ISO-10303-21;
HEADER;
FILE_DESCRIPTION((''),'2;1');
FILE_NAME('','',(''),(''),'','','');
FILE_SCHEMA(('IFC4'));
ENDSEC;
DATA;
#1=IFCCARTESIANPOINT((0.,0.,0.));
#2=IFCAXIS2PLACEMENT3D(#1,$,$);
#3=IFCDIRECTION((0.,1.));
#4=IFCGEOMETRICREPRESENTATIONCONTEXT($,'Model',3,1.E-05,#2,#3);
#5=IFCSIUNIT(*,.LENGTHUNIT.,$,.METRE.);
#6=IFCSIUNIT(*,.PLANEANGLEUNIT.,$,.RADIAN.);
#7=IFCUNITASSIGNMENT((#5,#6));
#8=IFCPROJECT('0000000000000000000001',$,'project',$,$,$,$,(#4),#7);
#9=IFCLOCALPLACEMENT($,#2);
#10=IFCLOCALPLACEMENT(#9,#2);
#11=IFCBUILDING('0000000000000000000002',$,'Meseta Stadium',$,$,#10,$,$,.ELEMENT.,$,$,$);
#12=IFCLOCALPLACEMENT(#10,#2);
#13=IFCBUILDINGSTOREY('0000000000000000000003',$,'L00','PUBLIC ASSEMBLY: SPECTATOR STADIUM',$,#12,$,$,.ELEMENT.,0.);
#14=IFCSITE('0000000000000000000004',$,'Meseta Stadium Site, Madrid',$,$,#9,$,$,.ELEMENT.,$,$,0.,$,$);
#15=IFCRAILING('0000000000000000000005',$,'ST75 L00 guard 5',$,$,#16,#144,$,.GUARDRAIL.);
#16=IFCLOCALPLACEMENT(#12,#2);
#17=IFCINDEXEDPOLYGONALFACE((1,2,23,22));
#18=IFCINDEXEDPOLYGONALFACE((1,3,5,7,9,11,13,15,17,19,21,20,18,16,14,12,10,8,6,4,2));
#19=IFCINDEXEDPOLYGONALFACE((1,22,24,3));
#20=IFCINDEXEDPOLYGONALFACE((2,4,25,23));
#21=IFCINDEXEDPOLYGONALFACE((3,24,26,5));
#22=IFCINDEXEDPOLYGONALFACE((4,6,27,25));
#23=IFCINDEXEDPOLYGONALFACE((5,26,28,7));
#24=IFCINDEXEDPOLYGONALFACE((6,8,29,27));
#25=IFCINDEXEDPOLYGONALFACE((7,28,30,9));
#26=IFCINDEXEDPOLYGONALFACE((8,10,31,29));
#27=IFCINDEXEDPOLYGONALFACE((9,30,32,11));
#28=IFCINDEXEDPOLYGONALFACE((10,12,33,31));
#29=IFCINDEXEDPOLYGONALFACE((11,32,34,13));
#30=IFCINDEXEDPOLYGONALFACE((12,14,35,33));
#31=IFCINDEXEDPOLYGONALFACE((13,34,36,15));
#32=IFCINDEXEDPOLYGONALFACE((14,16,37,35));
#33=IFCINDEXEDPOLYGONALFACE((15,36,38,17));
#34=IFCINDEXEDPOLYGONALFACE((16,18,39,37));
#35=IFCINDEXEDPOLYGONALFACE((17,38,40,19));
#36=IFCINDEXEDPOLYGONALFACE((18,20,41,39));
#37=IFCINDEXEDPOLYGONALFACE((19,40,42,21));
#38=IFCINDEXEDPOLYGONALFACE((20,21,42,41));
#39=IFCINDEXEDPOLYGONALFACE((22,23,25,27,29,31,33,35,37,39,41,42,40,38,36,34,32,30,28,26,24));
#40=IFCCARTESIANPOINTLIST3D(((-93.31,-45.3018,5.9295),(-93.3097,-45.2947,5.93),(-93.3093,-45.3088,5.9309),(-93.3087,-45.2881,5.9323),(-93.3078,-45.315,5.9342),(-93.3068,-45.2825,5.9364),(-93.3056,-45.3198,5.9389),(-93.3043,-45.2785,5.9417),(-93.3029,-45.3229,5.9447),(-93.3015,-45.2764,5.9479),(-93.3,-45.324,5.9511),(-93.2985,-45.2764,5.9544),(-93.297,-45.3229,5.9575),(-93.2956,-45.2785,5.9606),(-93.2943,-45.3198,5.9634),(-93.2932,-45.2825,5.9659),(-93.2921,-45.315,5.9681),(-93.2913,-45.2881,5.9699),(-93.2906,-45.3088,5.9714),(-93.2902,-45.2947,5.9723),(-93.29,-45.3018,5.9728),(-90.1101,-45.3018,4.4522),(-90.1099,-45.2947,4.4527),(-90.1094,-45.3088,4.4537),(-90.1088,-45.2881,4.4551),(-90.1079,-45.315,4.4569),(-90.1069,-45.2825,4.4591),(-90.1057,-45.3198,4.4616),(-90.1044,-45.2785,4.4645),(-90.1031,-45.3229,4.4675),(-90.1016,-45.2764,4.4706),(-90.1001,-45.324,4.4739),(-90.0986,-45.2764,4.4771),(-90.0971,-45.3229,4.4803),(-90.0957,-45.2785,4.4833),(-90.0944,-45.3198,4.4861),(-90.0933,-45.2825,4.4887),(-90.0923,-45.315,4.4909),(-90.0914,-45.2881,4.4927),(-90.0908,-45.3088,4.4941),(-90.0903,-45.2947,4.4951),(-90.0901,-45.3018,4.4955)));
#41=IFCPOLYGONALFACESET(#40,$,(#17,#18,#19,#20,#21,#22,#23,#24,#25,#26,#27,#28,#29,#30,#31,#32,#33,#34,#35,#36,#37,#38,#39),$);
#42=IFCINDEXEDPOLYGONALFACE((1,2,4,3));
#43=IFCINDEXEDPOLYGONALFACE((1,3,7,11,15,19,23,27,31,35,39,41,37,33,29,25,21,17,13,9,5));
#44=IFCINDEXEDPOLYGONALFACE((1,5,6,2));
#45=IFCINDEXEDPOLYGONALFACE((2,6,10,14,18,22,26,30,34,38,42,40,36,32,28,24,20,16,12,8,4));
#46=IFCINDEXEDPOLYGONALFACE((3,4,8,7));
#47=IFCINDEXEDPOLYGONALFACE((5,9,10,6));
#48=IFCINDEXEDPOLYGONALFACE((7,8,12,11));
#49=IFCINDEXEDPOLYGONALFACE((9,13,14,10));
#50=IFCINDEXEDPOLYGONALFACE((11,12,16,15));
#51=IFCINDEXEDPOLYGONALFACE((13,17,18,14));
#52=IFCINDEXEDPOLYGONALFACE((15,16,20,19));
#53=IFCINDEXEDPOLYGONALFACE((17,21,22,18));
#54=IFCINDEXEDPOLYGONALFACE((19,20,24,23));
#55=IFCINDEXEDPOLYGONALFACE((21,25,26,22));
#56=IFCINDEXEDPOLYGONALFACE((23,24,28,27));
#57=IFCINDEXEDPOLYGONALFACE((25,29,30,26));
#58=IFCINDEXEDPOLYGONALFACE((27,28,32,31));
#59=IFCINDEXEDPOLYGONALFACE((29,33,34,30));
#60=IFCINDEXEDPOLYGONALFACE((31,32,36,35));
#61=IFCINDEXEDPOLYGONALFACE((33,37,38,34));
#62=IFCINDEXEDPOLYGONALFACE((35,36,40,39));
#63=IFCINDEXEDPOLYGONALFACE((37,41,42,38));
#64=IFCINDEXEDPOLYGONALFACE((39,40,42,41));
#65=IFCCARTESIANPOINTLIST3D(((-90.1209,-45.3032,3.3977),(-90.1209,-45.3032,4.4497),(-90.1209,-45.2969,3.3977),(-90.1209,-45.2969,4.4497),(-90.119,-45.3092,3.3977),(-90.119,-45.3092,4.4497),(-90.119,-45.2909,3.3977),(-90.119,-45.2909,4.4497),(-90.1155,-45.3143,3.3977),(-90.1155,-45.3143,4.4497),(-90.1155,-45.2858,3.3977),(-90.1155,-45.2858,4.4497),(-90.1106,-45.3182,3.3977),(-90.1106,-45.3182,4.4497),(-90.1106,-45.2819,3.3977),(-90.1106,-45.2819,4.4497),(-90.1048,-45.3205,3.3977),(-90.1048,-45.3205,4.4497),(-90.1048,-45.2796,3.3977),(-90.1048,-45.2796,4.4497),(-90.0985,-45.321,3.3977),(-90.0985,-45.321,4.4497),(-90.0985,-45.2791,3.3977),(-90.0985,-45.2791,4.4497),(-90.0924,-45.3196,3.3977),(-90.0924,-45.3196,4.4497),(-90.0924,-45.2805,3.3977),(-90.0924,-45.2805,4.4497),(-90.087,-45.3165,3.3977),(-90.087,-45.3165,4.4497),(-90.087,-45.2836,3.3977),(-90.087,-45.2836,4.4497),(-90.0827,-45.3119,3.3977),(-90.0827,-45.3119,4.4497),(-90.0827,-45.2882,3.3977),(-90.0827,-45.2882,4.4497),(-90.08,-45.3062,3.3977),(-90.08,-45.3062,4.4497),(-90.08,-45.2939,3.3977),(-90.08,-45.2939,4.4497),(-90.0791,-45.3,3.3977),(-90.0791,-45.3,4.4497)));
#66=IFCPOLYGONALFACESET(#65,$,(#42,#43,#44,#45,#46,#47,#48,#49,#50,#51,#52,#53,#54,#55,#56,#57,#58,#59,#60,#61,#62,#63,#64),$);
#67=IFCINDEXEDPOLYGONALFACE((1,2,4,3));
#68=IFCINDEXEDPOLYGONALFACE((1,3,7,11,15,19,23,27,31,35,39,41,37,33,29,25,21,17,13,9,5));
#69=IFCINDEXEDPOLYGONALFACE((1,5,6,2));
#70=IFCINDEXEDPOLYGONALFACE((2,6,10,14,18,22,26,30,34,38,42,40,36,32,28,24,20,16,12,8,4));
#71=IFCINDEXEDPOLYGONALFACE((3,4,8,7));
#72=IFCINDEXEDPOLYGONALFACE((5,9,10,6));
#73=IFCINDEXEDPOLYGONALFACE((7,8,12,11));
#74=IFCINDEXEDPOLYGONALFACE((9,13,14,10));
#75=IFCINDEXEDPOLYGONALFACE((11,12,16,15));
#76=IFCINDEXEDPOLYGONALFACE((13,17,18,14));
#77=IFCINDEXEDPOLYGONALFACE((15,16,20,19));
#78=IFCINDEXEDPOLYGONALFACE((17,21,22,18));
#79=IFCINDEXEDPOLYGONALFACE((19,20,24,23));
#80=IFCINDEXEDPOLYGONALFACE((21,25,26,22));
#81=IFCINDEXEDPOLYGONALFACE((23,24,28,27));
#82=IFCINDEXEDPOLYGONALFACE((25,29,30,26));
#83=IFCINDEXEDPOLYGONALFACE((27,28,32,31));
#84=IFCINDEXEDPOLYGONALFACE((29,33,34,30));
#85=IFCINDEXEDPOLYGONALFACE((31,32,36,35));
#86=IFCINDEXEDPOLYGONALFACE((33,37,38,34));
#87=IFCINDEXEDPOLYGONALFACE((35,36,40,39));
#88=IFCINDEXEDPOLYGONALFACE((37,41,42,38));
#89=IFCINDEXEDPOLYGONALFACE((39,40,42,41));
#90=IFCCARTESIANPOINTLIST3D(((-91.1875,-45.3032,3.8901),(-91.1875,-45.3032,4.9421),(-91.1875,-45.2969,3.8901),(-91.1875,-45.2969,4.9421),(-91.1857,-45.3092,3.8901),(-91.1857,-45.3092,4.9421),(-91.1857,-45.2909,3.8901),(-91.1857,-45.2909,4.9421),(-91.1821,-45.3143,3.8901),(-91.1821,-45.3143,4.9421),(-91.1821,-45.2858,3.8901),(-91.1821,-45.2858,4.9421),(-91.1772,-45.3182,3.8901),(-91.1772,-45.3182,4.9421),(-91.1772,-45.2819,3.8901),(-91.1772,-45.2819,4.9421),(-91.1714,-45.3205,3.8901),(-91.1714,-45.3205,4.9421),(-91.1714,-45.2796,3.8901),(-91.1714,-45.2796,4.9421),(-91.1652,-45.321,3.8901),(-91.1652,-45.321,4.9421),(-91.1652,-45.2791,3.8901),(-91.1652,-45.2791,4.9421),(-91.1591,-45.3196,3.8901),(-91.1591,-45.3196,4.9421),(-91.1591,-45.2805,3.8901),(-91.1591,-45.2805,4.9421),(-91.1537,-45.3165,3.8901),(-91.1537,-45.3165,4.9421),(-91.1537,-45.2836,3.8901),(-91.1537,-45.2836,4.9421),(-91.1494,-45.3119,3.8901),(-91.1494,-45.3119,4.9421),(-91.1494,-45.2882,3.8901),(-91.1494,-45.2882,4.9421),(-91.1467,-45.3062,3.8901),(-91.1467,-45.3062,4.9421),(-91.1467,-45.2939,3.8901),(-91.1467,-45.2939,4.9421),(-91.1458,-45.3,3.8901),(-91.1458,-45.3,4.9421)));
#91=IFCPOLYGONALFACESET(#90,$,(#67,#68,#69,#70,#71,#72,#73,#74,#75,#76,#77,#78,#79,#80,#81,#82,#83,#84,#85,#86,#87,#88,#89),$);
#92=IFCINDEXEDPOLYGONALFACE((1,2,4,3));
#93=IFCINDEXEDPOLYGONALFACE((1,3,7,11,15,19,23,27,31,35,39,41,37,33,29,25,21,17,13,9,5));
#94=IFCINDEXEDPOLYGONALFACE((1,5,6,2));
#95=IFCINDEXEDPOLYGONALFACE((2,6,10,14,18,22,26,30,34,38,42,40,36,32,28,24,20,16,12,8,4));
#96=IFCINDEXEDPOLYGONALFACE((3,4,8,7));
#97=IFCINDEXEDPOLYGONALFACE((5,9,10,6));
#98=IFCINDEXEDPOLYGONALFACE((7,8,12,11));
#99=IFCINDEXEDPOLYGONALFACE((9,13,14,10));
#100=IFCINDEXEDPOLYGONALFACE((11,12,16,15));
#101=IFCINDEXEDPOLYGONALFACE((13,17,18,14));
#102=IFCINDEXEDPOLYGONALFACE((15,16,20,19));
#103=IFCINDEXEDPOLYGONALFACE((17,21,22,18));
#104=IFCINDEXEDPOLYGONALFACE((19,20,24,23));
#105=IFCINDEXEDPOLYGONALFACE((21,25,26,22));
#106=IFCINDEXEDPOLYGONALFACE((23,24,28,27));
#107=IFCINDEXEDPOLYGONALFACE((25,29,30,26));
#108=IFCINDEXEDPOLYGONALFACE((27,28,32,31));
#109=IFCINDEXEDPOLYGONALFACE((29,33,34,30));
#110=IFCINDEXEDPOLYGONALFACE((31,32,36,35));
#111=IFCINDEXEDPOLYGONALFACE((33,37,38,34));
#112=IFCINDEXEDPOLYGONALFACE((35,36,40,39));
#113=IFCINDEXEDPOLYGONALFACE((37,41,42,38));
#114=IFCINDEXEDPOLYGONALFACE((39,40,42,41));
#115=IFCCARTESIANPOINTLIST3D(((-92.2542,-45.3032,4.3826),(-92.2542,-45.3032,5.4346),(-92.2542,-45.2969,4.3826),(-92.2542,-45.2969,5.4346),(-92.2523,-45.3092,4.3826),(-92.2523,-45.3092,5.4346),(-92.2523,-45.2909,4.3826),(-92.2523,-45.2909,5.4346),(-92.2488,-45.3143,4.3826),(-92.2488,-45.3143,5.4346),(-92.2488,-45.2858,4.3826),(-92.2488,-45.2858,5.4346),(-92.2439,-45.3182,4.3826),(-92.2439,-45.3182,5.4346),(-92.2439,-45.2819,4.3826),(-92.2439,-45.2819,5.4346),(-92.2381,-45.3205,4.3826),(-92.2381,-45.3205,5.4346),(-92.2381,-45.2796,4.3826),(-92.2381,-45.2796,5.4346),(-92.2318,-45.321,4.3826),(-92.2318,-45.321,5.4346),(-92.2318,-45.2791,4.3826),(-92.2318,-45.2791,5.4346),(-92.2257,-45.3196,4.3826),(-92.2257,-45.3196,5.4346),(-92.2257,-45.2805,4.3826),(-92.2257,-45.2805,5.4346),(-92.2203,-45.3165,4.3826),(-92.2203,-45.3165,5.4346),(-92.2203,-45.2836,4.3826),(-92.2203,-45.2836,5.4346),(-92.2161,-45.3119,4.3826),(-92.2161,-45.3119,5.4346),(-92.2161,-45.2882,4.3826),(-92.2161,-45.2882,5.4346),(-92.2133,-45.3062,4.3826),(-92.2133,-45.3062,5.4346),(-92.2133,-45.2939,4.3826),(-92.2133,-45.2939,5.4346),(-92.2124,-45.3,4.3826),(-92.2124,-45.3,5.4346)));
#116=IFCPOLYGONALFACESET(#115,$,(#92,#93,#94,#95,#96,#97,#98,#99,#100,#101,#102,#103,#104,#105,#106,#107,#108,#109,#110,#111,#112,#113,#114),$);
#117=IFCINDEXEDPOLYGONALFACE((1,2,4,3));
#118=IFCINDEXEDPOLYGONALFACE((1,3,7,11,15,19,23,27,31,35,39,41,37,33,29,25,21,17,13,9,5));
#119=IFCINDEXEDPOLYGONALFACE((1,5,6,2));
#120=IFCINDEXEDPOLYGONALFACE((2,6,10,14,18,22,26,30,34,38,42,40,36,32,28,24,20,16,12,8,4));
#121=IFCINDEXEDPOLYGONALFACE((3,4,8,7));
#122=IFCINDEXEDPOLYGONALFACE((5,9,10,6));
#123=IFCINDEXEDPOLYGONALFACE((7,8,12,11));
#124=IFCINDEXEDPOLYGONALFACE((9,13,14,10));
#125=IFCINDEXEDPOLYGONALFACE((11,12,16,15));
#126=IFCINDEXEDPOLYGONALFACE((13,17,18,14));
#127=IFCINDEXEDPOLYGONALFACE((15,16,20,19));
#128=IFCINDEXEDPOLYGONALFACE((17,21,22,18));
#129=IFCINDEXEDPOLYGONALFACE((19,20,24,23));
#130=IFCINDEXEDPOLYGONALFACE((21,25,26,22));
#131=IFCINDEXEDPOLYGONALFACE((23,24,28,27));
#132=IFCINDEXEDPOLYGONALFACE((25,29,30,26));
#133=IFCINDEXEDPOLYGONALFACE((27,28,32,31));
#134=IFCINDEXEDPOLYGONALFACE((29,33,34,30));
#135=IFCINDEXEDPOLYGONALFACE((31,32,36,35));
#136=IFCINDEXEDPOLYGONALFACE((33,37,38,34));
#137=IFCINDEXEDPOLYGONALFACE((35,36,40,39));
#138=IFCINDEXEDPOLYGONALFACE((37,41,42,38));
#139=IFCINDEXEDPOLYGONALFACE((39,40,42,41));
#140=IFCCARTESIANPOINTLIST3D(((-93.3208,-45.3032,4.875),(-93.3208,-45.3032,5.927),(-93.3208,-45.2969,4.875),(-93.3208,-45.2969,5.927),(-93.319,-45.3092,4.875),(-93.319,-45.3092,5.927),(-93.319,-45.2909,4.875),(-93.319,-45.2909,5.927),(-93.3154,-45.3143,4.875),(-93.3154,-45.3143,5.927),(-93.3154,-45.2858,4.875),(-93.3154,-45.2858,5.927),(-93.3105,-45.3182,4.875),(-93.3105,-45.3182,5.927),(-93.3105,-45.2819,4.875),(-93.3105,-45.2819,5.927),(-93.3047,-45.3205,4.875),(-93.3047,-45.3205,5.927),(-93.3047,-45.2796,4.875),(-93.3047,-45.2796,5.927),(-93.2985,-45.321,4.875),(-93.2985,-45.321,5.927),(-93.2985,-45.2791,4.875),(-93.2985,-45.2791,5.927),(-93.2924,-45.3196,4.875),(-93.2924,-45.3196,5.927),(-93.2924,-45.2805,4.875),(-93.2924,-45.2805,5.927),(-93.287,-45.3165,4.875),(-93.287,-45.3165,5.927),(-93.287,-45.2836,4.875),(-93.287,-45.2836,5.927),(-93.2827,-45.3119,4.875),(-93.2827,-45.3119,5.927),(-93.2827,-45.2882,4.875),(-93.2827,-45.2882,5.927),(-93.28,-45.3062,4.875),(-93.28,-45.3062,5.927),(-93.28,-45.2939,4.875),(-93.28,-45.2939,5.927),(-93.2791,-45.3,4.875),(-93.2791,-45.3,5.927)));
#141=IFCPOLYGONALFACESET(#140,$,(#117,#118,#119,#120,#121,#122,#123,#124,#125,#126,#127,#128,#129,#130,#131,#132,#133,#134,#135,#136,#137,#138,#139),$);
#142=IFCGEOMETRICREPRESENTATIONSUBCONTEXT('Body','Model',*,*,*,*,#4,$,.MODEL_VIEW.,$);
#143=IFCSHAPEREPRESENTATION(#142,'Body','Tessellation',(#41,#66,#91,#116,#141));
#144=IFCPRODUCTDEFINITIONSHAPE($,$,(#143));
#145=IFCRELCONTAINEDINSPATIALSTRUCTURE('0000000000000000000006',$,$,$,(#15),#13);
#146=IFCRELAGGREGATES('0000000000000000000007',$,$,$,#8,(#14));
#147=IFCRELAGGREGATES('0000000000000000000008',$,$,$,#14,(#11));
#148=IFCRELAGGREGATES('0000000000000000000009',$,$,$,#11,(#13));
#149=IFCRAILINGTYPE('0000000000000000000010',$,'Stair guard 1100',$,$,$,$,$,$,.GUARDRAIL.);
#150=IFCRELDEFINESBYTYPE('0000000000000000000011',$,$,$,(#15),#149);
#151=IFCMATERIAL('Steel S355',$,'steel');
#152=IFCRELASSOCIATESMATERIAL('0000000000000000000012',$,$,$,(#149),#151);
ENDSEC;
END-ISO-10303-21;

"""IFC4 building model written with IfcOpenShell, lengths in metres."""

from ifc_helpers import new_model, si_unit, direction, frame, origin, origin_2d, place, context, subcontext, project, spatial, circle, extrude, material, type_object, element, save


model = new_model("IFC4")

# Units and contexts
model_context = context("Model", 3, precision=1e-05, world=origin(), true_north=direction((0.0, 1.0)))
body_context = subcontext(model_context, "Body", "Model", "MODEL_VIEW")
ifc_project = project(units=[si_unit("LENGTHUNIT", "METRE"), si_unit("PLANEANGLEUNIT", "RADIAN")], contexts=[model_context])

# Site, building, storey
site_placement = place(None, origin())
site = spatial("IfcSite", under=ifc_project, at=site_placement, Name="Meseta Stadium Site, Madrid", CompositionType="ELEMENT", RefElevation=0.0)
building_placement = place(site_placement, origin())
building = spatial("IfcBuilding", under=site, at=building_placement, Name="Meseta Stadium", CompositionType="ELEMENT")
storey_placement = place(building_placement, origin())
storey = spatial("IfcBuildingStorey", under=building, at=storey_placement, Name="L00", Description="PUBLIC ASSEMBLY: SPECTATOR STADIUM", CompositionType="ELEMENT", Elevation=0.0)

# Railing
ifc_material_1 = material(Name="Steel S355", Category="steel")
railing_type_1 = type_object("IfcRailingType", Name="Stair guard 1100", PredefinedType="GUARDRAIL", material=ifc_material_1)
railing_1_placement = place(storey_placement, frame((-90.1001, -45.3, 3.3977)))
element("IfcRailing", 1, at=railing_1_placement, inside=storey, type_object=railing_type_1, Name="ST75 L00 guard 5", PredefinedType="GUARDRAIL", context=body_context, shape_type="SweptSolid", body=[
    extrude(circle(Radius=0.0239, at=origin_2d()), frame((0.0, 0.0, 1.0762), z_axis=(-0.907917, 0.0, 0.41915), x_axis=(0.0, -1.0, 0.0)), (0.0, 0.0, 1.0), 3.5244),
    extrude(circle(Radius=0.021, at=origin_2d()), origin(), (0.0, 0.0, 1.0), 1.052),
    extrude(circle(Radius=0.021, at=origin_2d()), frame((-1.0667, 0.0, 0.4924)), (0.0, 0.0, 1.0), 1.052),
    extrude(circle(Radius=0.021, at=origin_2d()), frame((-2.1333, 0.0, 0.9849)), (0.0, 0.0, 1.0), 1.052),
    extrude(circle(Radius=0.021, at=origin_2d()), frame((-3.2, 0.0, 1.4773)), (0.0, 0.0, 1.0), 1.052),
])

save(model, "model.ifc")
